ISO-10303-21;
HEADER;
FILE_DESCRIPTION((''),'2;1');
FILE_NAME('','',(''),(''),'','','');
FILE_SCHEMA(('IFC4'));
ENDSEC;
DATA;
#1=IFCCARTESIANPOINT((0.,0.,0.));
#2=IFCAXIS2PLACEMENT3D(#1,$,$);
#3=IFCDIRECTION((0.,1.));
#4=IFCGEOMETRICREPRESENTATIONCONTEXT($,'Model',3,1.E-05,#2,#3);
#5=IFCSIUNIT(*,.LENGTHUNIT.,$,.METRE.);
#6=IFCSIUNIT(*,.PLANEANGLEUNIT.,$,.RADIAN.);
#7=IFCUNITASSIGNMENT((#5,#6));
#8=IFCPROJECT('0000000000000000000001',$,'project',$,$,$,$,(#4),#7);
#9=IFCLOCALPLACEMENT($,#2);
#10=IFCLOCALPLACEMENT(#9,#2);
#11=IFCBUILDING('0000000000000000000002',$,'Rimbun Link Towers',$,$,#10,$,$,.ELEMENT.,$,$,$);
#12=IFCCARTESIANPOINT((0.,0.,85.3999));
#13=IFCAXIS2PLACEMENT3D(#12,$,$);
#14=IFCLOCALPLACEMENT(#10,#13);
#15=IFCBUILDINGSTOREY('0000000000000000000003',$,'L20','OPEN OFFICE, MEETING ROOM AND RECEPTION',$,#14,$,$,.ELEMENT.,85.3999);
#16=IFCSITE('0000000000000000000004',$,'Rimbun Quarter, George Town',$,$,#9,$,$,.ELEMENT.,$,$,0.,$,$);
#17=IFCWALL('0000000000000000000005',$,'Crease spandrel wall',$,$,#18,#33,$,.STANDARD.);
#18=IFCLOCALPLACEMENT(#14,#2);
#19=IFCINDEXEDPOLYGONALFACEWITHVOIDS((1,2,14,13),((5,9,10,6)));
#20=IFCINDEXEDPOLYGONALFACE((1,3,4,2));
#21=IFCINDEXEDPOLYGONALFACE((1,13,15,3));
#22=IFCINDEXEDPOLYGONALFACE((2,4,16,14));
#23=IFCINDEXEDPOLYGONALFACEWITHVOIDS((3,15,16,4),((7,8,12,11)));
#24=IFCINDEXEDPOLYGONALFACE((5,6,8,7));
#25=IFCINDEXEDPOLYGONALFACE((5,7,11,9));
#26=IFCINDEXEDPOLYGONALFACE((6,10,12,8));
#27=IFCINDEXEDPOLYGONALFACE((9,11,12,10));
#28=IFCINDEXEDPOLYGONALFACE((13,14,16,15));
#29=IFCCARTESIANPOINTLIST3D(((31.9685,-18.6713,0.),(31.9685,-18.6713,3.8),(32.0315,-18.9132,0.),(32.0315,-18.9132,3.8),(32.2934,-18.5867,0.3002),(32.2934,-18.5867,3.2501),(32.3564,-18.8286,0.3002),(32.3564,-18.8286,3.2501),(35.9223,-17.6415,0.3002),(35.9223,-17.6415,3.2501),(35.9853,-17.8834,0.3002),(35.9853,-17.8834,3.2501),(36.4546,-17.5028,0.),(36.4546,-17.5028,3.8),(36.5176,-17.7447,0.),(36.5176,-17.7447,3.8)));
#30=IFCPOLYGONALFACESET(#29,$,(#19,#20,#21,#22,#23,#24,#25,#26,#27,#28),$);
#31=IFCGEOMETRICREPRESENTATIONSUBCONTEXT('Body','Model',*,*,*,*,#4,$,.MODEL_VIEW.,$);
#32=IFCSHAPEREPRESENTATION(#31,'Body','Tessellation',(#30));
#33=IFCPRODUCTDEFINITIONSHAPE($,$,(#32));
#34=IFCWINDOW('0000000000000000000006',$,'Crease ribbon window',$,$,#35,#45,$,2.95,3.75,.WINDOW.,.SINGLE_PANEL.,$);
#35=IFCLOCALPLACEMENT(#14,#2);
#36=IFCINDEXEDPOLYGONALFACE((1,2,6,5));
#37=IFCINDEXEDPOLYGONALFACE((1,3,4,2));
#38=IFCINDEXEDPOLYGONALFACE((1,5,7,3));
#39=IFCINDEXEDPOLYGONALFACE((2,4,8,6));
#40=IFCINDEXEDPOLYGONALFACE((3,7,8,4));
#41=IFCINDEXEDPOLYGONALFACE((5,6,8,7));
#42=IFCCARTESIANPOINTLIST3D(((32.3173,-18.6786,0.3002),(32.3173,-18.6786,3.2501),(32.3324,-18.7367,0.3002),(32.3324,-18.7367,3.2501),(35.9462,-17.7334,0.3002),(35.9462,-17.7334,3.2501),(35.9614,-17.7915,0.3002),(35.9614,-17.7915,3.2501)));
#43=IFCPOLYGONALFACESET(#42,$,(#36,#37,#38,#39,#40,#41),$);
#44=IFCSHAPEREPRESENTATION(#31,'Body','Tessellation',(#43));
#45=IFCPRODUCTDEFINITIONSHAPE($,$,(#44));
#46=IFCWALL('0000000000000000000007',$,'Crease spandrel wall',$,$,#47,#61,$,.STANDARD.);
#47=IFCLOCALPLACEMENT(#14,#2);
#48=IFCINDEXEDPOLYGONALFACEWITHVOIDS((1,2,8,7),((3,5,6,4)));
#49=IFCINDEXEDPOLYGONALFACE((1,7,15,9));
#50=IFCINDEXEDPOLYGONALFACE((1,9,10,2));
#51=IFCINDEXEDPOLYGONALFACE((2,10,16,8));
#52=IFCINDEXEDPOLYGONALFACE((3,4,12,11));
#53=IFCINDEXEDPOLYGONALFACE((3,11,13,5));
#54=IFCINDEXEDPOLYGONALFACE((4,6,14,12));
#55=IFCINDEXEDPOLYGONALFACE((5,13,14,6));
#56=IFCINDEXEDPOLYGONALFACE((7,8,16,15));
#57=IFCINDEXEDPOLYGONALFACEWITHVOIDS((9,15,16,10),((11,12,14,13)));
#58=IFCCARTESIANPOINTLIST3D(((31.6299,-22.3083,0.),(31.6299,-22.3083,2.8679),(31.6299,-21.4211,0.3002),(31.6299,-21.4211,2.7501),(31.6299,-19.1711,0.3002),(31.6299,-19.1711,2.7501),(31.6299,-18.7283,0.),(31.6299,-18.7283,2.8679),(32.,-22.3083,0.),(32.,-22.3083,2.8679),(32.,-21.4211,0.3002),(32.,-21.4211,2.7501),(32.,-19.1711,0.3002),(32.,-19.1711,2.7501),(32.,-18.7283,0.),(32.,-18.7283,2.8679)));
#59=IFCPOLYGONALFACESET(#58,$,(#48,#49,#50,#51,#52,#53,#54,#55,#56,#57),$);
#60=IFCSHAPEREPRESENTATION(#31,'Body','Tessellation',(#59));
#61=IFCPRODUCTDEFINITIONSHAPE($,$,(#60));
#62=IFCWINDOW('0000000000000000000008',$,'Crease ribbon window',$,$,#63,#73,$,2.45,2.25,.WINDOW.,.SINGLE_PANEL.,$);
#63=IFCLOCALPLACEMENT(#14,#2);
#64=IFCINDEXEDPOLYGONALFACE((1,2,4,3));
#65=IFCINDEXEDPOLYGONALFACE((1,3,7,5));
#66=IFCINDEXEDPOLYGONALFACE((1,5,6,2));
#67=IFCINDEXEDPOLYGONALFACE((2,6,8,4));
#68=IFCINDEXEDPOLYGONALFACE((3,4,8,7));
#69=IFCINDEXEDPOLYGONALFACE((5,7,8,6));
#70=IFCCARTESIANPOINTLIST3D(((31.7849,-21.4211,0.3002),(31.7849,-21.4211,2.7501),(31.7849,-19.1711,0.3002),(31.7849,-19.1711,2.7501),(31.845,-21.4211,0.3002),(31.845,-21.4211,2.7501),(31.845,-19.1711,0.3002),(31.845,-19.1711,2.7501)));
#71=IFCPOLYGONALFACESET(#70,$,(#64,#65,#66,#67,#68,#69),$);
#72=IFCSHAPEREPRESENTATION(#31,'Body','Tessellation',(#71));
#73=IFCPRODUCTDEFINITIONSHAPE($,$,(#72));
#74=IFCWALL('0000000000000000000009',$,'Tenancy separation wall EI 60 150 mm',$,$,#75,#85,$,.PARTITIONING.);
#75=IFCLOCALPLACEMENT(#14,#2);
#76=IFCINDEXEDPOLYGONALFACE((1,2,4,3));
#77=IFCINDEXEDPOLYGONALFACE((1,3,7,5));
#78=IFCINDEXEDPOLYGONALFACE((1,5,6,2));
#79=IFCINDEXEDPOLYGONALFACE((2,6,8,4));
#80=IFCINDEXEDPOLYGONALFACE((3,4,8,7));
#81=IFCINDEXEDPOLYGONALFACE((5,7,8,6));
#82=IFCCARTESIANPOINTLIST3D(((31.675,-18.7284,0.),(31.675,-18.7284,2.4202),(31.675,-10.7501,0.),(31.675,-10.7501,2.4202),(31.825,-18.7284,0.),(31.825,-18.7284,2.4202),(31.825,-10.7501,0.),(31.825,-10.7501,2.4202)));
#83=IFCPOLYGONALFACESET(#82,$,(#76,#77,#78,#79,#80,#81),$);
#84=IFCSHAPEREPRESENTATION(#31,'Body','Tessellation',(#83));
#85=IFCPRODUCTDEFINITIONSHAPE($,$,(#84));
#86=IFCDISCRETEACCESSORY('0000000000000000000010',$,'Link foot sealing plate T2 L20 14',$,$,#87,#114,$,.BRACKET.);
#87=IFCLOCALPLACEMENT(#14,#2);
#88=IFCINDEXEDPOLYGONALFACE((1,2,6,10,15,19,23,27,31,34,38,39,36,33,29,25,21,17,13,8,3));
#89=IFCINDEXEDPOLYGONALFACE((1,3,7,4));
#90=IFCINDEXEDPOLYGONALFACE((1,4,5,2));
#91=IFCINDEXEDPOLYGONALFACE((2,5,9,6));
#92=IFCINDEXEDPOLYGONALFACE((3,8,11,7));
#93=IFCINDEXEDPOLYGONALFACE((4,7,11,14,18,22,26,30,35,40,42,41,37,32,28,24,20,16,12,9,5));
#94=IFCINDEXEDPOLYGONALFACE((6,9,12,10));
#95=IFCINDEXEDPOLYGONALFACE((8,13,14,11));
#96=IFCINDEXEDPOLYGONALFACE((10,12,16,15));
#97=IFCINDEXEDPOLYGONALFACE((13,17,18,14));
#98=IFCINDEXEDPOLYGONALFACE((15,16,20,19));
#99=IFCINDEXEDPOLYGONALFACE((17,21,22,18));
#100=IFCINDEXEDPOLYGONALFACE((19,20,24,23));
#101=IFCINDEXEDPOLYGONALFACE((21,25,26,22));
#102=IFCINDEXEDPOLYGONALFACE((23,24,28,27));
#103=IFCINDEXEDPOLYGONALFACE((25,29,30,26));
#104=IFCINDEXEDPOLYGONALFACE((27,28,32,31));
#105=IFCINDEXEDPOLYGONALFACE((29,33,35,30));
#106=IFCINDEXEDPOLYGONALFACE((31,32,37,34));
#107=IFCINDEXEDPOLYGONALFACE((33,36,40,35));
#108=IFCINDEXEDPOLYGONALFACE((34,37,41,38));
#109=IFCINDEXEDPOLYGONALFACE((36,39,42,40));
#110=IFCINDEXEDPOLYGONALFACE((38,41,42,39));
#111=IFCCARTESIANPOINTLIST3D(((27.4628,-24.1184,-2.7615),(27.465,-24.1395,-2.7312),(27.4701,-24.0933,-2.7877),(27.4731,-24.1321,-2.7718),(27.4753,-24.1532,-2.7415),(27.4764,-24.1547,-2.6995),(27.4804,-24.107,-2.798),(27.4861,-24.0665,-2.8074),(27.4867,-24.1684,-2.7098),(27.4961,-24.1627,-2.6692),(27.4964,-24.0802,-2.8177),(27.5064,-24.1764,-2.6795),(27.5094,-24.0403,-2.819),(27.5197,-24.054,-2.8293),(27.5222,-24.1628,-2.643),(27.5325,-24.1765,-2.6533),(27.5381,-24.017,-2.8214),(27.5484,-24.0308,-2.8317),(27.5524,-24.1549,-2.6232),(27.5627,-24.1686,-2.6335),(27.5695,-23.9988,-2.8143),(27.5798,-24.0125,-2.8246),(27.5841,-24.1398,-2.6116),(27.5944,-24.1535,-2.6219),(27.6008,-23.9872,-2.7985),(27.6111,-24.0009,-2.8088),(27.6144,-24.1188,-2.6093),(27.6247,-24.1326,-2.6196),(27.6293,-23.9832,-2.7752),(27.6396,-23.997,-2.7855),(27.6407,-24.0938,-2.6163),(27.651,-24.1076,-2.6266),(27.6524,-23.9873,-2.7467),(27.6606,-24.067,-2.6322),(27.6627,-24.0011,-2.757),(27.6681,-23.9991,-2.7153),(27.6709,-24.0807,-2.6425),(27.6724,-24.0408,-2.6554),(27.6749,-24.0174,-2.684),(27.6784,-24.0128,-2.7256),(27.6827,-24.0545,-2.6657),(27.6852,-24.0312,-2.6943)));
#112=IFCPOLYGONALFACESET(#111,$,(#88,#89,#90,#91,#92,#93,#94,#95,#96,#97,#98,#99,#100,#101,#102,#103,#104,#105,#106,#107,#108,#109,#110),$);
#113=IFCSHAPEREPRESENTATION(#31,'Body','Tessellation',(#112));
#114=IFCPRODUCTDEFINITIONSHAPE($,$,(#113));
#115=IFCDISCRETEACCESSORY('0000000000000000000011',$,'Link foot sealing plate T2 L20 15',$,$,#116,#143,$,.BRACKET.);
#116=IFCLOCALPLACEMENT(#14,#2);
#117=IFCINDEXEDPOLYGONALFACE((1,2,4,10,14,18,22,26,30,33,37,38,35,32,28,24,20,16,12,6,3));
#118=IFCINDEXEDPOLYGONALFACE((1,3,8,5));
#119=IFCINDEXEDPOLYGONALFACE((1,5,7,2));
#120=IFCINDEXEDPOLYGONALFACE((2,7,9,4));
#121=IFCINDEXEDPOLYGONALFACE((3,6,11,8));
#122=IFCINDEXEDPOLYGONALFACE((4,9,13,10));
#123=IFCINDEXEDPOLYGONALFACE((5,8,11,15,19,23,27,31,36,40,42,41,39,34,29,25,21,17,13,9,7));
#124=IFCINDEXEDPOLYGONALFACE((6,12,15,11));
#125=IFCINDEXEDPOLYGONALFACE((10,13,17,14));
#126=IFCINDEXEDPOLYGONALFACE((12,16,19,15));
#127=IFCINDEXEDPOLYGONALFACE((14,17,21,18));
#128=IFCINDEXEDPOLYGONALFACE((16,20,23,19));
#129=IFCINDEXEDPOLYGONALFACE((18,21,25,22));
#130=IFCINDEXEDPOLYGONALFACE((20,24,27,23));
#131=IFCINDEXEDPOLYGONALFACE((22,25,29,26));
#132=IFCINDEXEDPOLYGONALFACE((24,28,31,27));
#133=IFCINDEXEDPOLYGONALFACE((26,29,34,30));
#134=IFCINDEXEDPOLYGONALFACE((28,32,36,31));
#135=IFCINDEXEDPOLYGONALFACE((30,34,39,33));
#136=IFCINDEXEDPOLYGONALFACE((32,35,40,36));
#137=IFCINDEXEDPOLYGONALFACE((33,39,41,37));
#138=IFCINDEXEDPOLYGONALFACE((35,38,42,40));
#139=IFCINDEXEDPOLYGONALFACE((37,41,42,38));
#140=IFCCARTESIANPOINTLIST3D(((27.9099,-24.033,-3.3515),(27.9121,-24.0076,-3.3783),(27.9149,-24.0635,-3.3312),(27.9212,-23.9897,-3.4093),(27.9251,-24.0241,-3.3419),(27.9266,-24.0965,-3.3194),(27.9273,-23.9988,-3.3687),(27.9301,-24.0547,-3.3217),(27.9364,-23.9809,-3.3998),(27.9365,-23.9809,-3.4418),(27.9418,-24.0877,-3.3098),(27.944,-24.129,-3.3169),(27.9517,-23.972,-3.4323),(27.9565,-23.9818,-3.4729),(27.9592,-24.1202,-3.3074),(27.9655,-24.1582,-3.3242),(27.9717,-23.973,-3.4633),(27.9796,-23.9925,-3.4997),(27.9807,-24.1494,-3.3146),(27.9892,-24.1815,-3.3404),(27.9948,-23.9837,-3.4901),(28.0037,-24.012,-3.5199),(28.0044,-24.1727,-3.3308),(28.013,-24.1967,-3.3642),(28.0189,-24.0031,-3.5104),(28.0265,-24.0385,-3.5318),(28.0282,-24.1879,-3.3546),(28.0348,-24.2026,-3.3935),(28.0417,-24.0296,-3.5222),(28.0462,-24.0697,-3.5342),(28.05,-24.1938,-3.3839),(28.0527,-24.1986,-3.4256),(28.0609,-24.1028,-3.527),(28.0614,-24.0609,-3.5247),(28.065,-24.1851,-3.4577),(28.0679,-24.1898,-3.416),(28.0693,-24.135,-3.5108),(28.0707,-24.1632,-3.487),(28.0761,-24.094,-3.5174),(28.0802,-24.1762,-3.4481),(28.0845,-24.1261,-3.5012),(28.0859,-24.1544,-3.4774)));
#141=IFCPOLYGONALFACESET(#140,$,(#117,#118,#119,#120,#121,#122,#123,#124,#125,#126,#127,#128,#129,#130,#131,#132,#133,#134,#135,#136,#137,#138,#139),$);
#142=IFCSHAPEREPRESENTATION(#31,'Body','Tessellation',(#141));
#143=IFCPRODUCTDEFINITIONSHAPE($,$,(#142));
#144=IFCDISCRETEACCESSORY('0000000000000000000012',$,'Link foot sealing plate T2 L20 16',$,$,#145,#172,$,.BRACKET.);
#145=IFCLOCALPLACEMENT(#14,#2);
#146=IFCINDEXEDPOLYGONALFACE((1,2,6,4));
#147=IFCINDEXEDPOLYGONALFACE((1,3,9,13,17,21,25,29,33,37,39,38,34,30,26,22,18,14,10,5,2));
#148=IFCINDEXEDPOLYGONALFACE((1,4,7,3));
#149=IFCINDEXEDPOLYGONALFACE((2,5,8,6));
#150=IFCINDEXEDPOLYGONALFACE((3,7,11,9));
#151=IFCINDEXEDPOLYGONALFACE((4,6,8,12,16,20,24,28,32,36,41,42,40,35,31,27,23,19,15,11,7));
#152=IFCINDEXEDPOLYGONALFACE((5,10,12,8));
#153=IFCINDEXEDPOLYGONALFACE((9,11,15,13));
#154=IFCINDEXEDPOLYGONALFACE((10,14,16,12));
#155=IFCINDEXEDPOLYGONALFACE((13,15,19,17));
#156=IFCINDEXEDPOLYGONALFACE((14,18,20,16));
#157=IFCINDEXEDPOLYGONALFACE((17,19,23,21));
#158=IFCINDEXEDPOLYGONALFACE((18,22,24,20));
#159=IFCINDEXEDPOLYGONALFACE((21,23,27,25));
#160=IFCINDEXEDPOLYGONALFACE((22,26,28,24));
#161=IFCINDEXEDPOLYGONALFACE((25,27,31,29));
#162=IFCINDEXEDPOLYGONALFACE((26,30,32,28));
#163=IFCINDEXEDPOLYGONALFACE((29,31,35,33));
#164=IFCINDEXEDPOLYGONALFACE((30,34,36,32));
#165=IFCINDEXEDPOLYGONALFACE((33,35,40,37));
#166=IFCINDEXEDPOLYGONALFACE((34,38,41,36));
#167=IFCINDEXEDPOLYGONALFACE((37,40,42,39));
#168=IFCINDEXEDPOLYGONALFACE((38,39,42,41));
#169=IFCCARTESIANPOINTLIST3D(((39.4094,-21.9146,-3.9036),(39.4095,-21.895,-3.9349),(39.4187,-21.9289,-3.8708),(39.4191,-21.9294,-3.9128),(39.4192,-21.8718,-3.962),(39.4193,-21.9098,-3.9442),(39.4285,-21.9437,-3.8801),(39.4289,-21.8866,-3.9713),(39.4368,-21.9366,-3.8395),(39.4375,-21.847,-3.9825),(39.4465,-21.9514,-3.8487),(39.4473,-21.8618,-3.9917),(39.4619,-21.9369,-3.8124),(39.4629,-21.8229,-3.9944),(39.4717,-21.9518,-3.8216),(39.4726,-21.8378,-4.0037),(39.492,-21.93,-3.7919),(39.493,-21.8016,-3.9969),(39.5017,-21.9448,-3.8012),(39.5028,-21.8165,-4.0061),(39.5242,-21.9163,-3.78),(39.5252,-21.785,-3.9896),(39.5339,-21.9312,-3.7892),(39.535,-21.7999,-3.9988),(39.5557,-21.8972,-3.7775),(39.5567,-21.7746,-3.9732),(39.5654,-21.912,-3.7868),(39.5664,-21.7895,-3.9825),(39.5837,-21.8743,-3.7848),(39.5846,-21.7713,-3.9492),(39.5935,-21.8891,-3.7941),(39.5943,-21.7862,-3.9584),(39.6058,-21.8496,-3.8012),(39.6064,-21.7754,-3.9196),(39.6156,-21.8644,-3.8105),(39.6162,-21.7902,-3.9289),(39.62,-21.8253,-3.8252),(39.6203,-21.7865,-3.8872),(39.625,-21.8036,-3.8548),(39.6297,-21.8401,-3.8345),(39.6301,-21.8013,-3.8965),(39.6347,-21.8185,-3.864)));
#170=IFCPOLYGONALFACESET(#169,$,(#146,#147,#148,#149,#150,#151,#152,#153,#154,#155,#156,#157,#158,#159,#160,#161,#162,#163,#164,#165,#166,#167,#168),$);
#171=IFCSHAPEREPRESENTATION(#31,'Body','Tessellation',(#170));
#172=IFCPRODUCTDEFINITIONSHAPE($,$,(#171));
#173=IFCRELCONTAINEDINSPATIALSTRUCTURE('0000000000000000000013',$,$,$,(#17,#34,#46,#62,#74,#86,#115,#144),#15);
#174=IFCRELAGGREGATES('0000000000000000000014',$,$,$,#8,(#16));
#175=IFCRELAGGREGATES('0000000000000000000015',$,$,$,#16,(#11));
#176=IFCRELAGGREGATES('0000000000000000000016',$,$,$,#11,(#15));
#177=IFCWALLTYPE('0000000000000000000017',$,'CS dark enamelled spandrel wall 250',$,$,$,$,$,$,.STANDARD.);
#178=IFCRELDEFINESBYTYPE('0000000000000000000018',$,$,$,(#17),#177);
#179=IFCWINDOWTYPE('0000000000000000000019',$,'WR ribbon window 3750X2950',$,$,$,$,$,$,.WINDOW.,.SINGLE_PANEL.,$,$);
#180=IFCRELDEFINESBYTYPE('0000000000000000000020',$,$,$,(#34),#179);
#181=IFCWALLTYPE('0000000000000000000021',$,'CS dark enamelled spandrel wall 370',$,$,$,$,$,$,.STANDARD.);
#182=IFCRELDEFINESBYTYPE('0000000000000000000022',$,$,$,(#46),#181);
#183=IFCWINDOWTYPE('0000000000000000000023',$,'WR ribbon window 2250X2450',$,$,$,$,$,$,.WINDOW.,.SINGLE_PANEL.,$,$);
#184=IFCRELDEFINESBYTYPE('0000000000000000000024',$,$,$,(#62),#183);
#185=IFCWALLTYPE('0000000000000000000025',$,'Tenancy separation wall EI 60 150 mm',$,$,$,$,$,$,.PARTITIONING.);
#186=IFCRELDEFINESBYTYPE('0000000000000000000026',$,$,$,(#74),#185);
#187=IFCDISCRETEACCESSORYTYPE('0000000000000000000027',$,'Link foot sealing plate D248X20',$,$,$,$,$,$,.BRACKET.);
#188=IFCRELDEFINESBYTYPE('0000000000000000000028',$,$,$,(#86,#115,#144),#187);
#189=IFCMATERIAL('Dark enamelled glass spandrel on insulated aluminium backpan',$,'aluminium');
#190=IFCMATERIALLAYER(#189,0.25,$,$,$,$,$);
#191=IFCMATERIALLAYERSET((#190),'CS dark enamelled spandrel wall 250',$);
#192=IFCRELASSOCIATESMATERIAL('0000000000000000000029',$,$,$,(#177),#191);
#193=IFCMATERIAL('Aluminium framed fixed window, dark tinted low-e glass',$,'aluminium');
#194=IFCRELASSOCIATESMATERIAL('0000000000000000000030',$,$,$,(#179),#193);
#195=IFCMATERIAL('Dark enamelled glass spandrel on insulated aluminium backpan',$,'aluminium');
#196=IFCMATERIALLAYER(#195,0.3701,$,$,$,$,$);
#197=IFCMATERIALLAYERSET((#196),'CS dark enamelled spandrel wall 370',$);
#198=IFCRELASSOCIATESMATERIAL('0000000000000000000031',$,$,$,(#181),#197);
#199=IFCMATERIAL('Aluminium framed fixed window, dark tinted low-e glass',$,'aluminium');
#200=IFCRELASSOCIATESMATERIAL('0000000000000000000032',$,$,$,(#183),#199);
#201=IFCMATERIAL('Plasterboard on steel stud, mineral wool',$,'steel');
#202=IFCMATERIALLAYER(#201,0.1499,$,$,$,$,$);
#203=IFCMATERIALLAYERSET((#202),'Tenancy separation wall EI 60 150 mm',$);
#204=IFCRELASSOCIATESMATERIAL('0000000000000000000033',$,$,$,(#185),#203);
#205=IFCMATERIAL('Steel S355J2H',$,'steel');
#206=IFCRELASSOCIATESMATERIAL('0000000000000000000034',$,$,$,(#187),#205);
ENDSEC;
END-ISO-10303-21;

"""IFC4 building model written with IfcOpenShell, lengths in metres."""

from ifc_helpers import new_model, si_unit, direction, frame, frame_2d, origin, origin_2d, place, context, subcontext, project, spatial, rectangle, circle, extrude, material, layer, layer_set, material_profile, profile_set, type_object, element, fill, save


model = new_model("IFC4")

# Units and contexts
model_context = context("Model", 3, precision=1e-05, world=origin(), true_north=direction((0.0, 1.0)))
body_context = subcontext(model_context, "Body", "Model", "MODEL_VIEW")
ifc_project = project(units=[si_unit("LENGTHUNIT", "METRE"), si_unit("PLANEANGLEUNIT", "RADIAN")], contexts=[model_context])

# Site, building, storey
site_placement = place(None, origin())
site = spatial("IfcSite", under=ifc_project, at=site_placement, Name="Rimbun Quarter, George Town", CompositionType="ELEMENT", RefElevation=0.0)
building_placement = place(site_placement, origin())
building = spatial("IfcBuilding", under=site, at=building_placement, Name="Rimbun Link Towers", CompositionType="ELEMENT")
storey_placement = place(building_placement, frame((0.0, 0.0, 85.3999)))
storey = spatial("IfcBuildingStorey", under=building, at=storey_placement, Name="L20", Description="OPEN OFFICE, MEETING ROOM AND RECEPTION", CompositionType="ELEMENT", Elevation=85.3999)

# Walls, openings, windows
ifc_material_1 = material(Name="Dark enamelled glass spandrel on insulated aluminium backpan", Category="aluminium")
ifc_layer_1 = layer(ifc_material_1, 0.25)
ifc_layer_set_1 = layer_set([ifc_layer_1], Name="CS dark enamelled spandrel wall 250")
wall_type_1 = type_object("IfcWallType", Name="CS dark enamelled spandrel wall 250", PredefinedType="STANDARD", material=ifc_layer_set_1)
wall_1_placement = place(storey_placement, frame((36.4861, -17.6238, 0.0), z_axis=(0.0, 0.0, 1.0), x_axis=(-0.967713, -0.252053, 0.0)))
wall_1 = element("IfcWall", 1, at=wall_1_placement, inside=storey, type_object=wall_type_1, Name="Crease spandrel wall", PredefinedType="STANDARD", context=body_context, shape_type="SweptSolid", body=[
    extrude(rectangle(XDim=4.6357, YDim=0.25, at=frame_2d((2.3179, 0.0))), origin(), (0.0, 0.0, 1.0), 3.8),
])
opening_1_placement = place(wall_1_placement, frame((0.55, 0.0, 0.3)))
opening_1 = element("IfcOpeningElement", 2, at=opening_1_placement, cuts=wall_1, PredefinedType="OPENING", context=body_context, shape_type="SweptSolid", body=[
    extrude(rectangle(XDim=3.75, YDim=2.95, at=frame_2d((1.875, 1.4751))), frame((0.0, 0.135, 0.0), z_axis=(0.0, -1.0, 0.0), x_axis=(1.0, 0.0, 0.0)), (0.0, 0.0, 1.0), 0.27),
])
ifc_material_2 = material(Name="Aluminium framed fixed window, dark tinted low-e glass", Category="aluminium")
window_type_1 = type_object("IfcWindowType", Name="WR ribbon window 3750X2950", PartitioningType="SINGLE_PANEL", PredefinedType="WINDOW", material=ifc_material_2)
window_1_placement = place(opening_1_placement, origin())
window_1 = element("IfcWindow", 3, at=window_1_placement, inside=storey, type_object=window_type_1, Name="Crease ribbon window", OverallHeight=2.95, OverallWidth=3.75, PartitioningType="SINGLE_PANEL", PredefinedType="WINDOW", context=body_context, shape_type="SweptSolid", body=[
    extrude(rectangle(XDim=3.75, YDim=2.95, at=frame_2d((1.875, 1.4751))), frame((0.0, 0.03, 0.0), z_axis=(0.0, -1.0, 0.0), x_axis=(1.0, 0.0, 0.0)), (0.0, 0.0, 1.0), 0.0601),
])
fill(opening_1, window_1)
ifc_material_3 = material(Name="Dark enamelled glass spandrel on insulated aluminium backpan", Category="aluminium")
ifc_layer_2 = layer(ifc_material_3, 0.3701)
ifc_layer_set_2 = layer_set([ifc_layer_2], Name="CS dark enamelled spandrel wall 370")
wall_type_2 = type_object("IfcWallType", Name="CS dark enamelled spandrel wall 370", PredefinedType="STANDARD", material=ifc_layer_set_2)
wall_2_placement = place(storey_placement, frame((31.8149, -18.7283, 0.0), z_axis=(0.0, 0.0, 1.0), x_axis=(0.0, -1.0, 0.0)))
wall_2 = element("IfcWall", 4, at=wall_2_placement, inside=storey, type_object=wall_type_2, Name="Crease spandrel wall", PredefinedType="STANDARD", context=body_context, shape_type="SweptSolid", body=[
    extrude(rectangle(XDim=3.5801, YDim=0.3701, at=frame_2d((1.79, 0.0))), origin(), (0.0, 0.0, 1.0), 2.8679),
])
opening_2_placement = place(wall_2_placement, frame((0.4429, 0.0, 0.3)))
opening_2 = element("IfcOpeningElement", 5, at=opening_2_placement, cuts=wall_2, PredefinedType="OPENING", context=body_context, shape_type="SweptSolid", body=[
    extrude(rectangle(XDim=2.25, YDim=2.45, at=frame_2d((1.125, 1.2251))), frame((0.0, 0.1951, 0.0), z_axis=(0.0, -1.0, 0.0), x_axis=(1.0, 0.0, 0.0)), (0.0, 0.0, 1.0), 0.3901),
])
ifc_material_4 = material(Name="Aluminium framed fixed window, dark tinted low-e glass", Category="aluminium")
window_type_2 = type_object("IfcWindowType", Name="WR ribbon window 2250X2450", PartitioningType="SINGLE_PANEL", PredefinedType="WINDOW", material=ifc_material_4)
window_2_placement = place(opening_2_placement, origin())
window_2 = element("IfcWindow", 6, at=window_2_placement, inside=storey, type_object=window_type_2, Name="Crease ribbon window", OverallHeight=2.45, OverallWidth=2.25, PartitioningType="SINGLE_PANEL", PredefinedType="WINDOW", context=body_context, shape_type="SweptSolid", body=[
    extrude(rectangle(XDim=2.25, YDim=2.45, at=frame_2d((1.125, 1.2251))), frame((0.0, 0.03, 0.0), z_axis=(0.0, -1.0, 0.0), x_axis=(1.0, 0.0, 0.0)), (0.0, 0.0, 1.0), 0.0601),
])
fill(opening_2, window_2)

# Wall
ifc_material_5 = material(Name="Plasterboard on steel stud, mineral wool", Category="steel")
ifc_layer_3 = layer(ifc_material_5, 0.1499)
ifc_layer_set_3 = layer_set([ifc_layer_3], Name="Tenancy separation wall EI 60 150 mm")
wall_type_3 = type_object("IfcWallType", Name="Tenancy separation wall EI 60 150 mm", PredefinedType="PARTITIONING", material=ifc_layer_set_3)
wall_3_placement = place(storey_placement, frame((31.75, -10.75, 0.0), z_axis=(0.0, 0.0, 1.0), x_axis=(0.0, -1.0, 0.0)))
element("IfcWall", 7, at=wall_3_placement, inside=storey, type_object=wall_type_3, Name="Tenancy separation wall EI 60 150 mm", PredefinedType="PARTITIONING", context=body_context, shape_type="SweptSolid", body=[
    extrude(rectangle(XDim=7.9783, YDim=0.1499, at=frame_2d((3.9893, 0.0))), origin(), (0.0, 0.0, 1.0), 2.4202),
])

# Discrete accessories
ifc_material_6 = material(Name="Steel S355J2H", Category="steel")
ifc_material_profile_1 = material_profile(ifc_material_6, circle(Radius=0.124, at=origin_2d()), Name="PL D248")
ifc_profile_set_1 = profile_set([ifc_material_profile_1], Name="Steel S355J2H")
discrete_accessory_type = type_object("IfcDiscreteAccessoryType", Name="Link foot sealing plate D248X20", PredefinedType="BRACKET", material=ifc_profile_set_1)
for number, where, z_axis, x_axis, name in (
    (8, (27.5688, -24.0735, -2.7153), (0.514496, -0.685994, -0.514496), (0.8, 0.6, 0.0), "Link foot sealing plate T2 L20 14"),
    (9, (28.0056, -24.0825, -3.416), (-0.759665, -0.441096, -0.477854), (0.502136, -0.864789, 0.0), "Link foot sealing plate T2 L20 15"),
    (10, (39.5166, -21.8545, -3.8872), (0.486324, -0.741645, -0.462008), (0.836244, 0.548357, 0.0), "Link foot sealing plate T2 L20 16"),
):
    element("IfcDiscreteAccessory", number, at=place(storey_placement, frame(where, z_axis=z_axis, x_axis=x_axis)), inside=storey, type_object=discrete_accessory_type, Name=name, PredefinedType="BRACKET", context=body_context, shape_type="SweptSolid", body=[
        extrude(circle(Radius=0.124, at=origin_2d()), origin(), (0.0, 0.0, 1.0), 0.02),
    ])

save(model, "model.ifc")
